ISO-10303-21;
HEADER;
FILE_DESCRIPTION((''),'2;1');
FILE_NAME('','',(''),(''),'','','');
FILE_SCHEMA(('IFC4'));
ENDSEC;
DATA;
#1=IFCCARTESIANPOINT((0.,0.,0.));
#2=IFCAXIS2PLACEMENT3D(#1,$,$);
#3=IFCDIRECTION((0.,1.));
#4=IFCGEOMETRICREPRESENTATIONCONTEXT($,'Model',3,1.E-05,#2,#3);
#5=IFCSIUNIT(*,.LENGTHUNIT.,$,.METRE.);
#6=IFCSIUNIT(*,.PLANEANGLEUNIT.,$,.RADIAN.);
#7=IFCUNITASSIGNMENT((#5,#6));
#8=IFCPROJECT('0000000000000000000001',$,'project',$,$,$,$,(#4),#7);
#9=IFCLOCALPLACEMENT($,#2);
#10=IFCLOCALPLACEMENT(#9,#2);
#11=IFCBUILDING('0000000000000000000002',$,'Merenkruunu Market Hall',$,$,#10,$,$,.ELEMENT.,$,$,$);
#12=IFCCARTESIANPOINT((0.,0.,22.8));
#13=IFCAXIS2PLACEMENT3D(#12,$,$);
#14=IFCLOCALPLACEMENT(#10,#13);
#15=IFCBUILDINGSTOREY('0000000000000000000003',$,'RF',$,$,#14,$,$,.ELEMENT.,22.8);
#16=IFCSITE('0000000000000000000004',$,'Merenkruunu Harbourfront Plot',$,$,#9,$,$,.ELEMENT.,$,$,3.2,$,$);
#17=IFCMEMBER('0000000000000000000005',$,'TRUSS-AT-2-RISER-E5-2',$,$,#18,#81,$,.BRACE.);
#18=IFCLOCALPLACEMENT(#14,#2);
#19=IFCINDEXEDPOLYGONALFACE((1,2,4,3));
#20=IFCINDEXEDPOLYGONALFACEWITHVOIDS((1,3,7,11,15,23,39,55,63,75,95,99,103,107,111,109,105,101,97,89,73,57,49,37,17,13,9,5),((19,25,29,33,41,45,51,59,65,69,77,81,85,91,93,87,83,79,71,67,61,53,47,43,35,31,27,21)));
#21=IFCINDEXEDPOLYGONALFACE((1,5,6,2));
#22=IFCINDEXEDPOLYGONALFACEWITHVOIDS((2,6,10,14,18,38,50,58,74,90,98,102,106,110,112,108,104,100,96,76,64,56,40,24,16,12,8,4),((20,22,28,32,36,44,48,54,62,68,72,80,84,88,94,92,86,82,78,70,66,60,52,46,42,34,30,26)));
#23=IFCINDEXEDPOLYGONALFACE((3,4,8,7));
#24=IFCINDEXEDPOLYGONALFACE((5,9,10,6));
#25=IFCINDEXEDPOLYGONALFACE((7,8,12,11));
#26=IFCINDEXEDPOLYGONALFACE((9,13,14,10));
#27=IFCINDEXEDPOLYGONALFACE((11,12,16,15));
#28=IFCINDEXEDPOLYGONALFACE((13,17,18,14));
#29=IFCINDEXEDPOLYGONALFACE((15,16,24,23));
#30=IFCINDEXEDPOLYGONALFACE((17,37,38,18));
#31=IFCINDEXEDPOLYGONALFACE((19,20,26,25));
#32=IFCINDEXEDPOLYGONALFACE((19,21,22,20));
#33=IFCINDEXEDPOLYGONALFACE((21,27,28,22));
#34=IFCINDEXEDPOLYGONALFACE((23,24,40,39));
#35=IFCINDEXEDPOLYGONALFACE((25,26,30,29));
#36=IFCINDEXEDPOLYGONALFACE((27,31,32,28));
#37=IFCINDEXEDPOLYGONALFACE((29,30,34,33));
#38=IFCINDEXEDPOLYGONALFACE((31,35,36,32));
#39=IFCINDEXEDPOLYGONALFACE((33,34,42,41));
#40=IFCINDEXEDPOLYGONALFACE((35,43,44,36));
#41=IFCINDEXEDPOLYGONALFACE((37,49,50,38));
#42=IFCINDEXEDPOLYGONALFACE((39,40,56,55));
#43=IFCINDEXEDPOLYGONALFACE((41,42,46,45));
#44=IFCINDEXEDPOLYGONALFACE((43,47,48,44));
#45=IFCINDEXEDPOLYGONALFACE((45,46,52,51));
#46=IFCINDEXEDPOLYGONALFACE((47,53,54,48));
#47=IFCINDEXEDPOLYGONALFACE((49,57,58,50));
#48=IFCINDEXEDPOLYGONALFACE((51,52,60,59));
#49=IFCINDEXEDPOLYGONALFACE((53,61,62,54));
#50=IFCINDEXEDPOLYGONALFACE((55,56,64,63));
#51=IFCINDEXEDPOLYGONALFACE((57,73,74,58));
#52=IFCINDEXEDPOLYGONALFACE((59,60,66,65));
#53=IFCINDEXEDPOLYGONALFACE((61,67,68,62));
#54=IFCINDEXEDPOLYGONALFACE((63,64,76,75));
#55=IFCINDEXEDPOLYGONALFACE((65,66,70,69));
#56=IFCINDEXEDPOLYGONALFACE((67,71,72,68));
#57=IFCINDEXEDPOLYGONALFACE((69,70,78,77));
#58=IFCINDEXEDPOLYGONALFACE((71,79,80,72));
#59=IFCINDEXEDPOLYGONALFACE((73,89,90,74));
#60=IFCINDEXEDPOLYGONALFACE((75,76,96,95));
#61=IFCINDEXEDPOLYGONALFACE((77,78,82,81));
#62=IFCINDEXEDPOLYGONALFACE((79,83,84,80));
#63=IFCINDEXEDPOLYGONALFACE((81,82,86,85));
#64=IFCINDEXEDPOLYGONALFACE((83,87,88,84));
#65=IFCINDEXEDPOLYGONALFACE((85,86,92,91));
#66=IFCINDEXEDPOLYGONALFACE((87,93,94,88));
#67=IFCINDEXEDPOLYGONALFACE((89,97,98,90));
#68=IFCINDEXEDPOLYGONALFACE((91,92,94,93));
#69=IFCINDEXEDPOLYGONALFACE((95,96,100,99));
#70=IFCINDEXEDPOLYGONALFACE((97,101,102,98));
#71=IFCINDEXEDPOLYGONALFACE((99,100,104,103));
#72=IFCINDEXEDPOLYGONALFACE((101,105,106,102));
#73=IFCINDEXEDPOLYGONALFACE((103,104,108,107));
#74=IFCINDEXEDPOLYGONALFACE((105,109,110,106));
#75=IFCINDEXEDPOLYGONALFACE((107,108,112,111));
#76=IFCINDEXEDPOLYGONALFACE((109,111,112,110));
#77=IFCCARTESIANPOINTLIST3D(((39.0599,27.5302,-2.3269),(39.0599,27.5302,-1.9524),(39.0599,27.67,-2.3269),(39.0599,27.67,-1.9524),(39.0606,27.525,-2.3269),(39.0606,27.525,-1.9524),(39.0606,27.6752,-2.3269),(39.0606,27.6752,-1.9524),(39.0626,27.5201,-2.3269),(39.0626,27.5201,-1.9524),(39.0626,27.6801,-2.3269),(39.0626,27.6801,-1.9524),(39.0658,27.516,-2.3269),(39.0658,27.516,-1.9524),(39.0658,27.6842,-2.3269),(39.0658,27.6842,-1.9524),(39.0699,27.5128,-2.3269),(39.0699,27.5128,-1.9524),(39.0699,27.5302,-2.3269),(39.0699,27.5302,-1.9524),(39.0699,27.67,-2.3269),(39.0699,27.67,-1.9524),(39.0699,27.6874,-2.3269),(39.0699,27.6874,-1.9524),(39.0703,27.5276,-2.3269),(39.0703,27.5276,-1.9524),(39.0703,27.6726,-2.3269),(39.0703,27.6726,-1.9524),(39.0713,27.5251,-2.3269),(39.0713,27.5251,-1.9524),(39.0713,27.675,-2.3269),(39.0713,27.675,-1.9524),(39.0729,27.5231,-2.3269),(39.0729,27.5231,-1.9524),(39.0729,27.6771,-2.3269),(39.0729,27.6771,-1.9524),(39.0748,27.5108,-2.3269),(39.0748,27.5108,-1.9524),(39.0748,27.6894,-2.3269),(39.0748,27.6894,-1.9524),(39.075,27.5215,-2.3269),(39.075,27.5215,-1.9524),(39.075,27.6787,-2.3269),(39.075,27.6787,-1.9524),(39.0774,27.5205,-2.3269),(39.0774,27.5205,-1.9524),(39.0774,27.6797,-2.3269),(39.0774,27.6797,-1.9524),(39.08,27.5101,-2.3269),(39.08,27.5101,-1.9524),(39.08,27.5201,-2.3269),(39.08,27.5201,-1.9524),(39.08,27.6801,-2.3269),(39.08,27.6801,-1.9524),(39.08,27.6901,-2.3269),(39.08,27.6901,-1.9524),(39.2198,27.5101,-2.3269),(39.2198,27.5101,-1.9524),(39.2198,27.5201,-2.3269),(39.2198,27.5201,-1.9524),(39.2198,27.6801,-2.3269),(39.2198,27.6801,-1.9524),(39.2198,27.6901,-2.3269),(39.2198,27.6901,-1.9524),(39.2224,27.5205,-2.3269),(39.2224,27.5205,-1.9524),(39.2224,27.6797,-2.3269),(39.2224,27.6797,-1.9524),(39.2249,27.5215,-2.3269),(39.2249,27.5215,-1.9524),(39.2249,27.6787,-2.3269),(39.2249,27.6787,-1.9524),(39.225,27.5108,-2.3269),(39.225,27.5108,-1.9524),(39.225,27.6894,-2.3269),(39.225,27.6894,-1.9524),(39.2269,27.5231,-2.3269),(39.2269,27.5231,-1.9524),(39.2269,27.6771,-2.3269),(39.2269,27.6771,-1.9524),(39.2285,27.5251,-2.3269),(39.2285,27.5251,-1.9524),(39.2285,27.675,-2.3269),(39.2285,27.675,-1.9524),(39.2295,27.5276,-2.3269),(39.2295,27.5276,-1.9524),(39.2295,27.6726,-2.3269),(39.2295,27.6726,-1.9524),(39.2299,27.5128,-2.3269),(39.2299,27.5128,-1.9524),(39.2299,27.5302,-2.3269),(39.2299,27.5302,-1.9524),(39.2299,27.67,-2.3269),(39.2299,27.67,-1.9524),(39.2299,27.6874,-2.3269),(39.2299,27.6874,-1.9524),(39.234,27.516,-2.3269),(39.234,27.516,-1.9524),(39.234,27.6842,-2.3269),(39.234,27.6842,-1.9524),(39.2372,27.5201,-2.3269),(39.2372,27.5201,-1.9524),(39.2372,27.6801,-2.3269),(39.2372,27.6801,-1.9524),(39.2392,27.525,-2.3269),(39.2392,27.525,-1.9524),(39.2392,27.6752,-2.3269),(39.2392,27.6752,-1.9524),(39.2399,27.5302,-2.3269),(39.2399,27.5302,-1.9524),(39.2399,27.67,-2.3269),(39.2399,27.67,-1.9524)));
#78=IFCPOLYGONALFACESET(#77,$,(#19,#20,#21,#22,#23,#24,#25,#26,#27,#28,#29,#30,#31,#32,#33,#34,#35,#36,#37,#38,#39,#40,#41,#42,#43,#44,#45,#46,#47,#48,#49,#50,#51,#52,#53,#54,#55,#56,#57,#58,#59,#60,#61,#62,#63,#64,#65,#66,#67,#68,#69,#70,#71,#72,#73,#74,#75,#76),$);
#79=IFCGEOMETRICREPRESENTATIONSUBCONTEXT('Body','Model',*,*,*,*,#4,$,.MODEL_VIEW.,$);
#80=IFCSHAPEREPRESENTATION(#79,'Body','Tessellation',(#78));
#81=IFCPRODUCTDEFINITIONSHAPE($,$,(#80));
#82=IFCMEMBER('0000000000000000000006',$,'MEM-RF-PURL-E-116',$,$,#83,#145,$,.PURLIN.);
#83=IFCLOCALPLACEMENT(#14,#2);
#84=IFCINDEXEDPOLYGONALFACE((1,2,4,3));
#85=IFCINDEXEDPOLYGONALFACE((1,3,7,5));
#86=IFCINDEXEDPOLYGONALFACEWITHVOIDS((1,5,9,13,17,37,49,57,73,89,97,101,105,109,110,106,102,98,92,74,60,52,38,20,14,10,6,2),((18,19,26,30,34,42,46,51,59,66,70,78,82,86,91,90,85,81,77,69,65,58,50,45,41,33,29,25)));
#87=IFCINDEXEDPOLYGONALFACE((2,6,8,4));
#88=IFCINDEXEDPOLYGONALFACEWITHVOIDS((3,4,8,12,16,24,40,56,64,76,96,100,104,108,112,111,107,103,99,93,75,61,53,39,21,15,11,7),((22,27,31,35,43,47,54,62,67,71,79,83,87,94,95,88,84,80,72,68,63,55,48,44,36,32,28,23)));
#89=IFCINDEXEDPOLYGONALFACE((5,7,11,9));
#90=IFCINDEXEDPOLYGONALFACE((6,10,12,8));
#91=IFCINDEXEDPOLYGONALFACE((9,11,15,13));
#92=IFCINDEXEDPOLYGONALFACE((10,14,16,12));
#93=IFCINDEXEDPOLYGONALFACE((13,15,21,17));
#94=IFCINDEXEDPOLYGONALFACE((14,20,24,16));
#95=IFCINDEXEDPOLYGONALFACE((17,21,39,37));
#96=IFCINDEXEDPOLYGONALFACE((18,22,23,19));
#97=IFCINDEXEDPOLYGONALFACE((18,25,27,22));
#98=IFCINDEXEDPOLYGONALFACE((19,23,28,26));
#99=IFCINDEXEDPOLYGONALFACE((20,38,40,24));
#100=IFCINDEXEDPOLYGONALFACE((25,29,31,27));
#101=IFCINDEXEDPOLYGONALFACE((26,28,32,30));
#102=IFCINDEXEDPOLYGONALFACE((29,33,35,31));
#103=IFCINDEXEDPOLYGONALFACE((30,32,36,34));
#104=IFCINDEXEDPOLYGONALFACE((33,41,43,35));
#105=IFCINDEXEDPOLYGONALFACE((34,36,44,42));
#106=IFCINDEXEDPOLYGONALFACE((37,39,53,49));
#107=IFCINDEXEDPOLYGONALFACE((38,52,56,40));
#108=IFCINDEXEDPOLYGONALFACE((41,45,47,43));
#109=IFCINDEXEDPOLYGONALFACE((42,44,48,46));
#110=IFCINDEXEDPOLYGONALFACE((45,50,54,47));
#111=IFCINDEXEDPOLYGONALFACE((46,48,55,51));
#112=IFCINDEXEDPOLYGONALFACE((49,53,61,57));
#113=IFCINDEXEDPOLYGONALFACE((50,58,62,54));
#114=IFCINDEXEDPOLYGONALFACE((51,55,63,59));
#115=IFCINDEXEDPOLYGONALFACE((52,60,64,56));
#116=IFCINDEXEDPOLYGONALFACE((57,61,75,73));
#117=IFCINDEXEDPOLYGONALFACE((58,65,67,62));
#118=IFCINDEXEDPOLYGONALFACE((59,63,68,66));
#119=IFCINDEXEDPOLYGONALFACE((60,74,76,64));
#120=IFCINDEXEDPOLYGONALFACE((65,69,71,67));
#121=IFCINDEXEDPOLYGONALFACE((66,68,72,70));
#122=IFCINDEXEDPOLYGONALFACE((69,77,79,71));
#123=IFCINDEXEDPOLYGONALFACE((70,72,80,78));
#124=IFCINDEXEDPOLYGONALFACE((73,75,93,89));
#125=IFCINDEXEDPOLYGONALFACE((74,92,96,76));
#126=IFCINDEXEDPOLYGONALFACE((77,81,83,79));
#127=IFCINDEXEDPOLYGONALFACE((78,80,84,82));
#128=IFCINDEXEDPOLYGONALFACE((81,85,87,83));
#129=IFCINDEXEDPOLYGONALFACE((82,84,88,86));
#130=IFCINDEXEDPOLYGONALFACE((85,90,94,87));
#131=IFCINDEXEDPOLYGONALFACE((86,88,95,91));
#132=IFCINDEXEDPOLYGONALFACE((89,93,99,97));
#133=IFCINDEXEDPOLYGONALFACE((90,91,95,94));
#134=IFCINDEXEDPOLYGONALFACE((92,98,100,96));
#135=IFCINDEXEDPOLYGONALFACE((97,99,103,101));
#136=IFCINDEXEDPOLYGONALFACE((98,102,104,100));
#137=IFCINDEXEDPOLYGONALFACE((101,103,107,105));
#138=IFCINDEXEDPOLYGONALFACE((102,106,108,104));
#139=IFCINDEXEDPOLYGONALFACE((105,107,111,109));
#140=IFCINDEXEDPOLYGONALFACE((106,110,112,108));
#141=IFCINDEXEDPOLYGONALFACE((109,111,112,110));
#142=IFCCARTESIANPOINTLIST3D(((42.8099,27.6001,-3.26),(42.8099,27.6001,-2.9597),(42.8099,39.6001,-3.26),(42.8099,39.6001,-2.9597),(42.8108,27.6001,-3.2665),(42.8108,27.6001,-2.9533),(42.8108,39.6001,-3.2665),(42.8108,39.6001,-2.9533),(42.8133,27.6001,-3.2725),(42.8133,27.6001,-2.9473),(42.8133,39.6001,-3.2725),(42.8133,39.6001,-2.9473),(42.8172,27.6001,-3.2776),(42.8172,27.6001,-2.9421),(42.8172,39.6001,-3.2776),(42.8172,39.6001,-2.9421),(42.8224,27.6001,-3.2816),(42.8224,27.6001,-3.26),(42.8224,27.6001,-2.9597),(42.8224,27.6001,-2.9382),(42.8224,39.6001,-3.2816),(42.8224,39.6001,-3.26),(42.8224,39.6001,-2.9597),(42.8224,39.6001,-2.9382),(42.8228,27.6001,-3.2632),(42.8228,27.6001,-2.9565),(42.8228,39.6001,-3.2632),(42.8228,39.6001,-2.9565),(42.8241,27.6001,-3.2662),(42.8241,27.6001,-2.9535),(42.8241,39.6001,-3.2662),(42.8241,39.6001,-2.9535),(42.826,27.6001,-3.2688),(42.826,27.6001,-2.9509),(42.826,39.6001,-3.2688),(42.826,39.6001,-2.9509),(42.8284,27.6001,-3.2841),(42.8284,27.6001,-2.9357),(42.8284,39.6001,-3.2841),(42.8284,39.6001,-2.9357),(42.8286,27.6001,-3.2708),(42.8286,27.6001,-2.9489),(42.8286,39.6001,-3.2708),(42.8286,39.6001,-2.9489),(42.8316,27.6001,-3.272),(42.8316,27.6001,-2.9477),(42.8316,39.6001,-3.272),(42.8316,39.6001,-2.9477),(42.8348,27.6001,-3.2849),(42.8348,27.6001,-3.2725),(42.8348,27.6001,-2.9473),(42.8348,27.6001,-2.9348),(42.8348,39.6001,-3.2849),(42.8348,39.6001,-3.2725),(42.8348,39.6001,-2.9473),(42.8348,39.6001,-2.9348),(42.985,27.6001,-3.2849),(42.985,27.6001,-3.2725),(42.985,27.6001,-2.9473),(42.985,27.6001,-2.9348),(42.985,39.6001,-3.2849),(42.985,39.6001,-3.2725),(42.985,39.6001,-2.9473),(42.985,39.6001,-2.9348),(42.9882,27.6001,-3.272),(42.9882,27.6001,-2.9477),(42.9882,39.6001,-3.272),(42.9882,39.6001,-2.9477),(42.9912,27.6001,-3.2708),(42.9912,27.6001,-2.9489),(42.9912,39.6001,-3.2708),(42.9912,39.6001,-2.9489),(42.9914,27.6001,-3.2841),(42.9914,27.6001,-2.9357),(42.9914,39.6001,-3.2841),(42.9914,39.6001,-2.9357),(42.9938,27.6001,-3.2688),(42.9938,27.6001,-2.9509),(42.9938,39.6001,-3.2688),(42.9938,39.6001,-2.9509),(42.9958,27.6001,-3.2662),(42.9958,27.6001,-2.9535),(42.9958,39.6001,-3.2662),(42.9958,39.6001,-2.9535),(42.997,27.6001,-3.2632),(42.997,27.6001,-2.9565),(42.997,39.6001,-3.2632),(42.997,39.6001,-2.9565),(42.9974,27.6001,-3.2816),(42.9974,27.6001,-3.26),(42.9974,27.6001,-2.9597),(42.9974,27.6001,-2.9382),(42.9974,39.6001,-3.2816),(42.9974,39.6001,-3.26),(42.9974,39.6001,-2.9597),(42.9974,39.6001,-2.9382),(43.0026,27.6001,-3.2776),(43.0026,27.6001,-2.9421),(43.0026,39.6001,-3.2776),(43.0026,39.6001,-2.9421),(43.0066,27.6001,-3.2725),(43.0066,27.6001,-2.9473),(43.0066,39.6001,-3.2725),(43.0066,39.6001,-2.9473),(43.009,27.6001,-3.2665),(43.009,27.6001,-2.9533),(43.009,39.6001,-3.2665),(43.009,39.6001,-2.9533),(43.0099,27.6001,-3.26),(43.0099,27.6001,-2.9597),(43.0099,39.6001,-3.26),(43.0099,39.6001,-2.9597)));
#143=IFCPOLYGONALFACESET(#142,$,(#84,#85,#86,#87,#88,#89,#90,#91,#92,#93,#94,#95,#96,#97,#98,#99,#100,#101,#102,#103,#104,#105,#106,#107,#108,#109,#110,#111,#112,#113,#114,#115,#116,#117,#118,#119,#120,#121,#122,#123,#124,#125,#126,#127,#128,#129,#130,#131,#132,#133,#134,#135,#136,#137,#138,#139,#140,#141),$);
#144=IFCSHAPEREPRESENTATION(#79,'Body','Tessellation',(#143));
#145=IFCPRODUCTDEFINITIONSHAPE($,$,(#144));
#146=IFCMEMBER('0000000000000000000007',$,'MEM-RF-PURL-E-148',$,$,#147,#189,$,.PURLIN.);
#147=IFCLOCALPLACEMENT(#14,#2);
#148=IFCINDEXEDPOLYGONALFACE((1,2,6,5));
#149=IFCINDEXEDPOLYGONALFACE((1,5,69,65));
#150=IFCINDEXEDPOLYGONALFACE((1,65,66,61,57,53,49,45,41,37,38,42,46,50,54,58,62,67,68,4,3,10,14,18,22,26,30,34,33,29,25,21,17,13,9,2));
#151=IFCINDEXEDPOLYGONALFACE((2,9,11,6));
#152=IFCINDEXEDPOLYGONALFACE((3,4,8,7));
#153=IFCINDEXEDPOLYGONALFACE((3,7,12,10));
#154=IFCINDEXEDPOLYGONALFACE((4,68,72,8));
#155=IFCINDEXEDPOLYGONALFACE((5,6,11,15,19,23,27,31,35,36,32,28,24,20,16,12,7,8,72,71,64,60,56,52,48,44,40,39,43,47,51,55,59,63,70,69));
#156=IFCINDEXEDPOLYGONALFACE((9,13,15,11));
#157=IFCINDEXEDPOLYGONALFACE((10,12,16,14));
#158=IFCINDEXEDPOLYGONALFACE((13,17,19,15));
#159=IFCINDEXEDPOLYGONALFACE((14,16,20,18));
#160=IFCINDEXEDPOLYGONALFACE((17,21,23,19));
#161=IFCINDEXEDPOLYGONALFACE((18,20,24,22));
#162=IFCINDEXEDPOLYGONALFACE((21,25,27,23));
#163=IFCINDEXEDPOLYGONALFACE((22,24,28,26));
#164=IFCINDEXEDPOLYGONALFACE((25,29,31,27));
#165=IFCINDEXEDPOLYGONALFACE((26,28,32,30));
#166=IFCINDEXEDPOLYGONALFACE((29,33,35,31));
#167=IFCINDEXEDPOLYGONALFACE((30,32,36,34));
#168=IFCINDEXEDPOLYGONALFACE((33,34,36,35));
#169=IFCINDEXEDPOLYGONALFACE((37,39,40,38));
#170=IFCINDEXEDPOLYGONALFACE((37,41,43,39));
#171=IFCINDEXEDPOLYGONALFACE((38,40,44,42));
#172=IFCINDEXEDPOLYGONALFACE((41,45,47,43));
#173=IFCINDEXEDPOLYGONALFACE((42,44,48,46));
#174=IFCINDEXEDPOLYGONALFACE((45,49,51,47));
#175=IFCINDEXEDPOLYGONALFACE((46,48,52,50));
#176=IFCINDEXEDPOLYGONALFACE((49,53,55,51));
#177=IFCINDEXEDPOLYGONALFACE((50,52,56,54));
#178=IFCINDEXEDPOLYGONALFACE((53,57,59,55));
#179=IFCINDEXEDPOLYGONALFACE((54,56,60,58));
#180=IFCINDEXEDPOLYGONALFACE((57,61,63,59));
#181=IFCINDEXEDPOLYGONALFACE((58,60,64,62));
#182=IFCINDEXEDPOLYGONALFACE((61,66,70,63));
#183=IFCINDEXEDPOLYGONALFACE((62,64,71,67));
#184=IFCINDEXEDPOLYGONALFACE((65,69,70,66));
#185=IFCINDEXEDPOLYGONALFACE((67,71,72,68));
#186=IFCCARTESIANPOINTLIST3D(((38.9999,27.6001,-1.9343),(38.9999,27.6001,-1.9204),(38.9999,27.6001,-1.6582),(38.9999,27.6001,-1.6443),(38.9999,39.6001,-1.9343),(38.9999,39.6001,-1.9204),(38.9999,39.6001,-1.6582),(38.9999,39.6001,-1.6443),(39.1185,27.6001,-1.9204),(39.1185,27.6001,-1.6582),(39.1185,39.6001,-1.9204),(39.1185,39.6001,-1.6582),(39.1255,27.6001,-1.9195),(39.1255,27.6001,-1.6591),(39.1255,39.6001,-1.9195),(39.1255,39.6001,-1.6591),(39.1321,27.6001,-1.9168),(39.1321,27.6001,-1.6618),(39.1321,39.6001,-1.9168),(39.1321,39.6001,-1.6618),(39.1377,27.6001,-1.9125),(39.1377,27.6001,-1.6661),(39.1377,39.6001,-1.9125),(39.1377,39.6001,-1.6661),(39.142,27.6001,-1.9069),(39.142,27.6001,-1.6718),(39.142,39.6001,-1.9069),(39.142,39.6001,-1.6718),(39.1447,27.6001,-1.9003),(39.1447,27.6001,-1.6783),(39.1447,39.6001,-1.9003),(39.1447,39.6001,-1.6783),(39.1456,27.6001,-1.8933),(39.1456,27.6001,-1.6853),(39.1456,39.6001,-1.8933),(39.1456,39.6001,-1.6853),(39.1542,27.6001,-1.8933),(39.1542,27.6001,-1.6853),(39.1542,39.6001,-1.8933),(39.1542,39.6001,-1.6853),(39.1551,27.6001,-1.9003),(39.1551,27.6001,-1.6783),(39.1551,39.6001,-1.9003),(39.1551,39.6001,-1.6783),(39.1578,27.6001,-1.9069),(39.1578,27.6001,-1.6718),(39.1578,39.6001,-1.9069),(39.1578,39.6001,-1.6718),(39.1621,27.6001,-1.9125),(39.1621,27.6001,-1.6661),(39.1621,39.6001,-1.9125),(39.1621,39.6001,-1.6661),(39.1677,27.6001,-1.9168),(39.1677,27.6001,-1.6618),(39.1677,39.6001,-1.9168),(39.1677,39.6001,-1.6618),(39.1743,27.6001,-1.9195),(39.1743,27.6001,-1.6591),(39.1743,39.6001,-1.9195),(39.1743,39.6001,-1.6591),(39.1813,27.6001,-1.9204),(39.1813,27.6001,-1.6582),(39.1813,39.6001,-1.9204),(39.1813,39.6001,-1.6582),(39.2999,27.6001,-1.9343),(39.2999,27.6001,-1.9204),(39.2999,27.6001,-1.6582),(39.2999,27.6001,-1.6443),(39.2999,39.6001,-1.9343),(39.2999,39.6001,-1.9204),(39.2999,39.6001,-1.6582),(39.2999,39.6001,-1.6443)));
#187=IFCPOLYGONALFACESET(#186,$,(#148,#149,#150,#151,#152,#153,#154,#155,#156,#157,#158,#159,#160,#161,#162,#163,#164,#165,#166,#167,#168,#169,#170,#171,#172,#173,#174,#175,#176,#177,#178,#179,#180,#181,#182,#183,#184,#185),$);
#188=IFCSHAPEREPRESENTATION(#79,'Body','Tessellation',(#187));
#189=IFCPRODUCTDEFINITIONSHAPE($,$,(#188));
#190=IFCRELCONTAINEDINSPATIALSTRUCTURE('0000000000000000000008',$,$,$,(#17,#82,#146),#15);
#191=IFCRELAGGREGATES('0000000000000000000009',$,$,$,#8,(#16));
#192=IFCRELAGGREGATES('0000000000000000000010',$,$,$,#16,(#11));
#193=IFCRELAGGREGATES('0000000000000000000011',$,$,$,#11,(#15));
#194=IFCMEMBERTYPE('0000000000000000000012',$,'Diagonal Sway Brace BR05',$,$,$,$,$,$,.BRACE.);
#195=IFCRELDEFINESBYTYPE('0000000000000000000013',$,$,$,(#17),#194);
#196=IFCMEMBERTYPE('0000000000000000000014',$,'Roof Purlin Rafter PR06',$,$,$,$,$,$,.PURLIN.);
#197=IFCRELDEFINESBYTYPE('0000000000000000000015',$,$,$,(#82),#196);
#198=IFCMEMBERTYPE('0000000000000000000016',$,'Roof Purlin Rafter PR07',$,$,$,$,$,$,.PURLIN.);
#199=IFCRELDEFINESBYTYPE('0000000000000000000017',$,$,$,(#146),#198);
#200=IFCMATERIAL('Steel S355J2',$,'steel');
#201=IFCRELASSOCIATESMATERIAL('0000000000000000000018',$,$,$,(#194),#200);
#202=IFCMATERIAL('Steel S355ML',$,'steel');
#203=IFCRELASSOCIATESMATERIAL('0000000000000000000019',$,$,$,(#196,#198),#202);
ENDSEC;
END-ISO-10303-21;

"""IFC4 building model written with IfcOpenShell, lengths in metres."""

from ifc_helpers import new_model, si_unit, direction, frame, origin, origin_2d, place, context, subcontext, project, spatial, hollow_rectangle, i_section, extrude, material, material_profile, profile_set, type_object, element, save


model = new_model("IFC4")

# Units and contexts
model_context = context("Model", 3, precision=1e-05, world=origin(), true_north=direction((0.0, 1.0)))
body_context = subcontext(model_context, "Body", "Model", "MODEL_VIEW")
ifc_project = project(units=[si_unit("LENGTHUNIT", "METRE"), si_unit("PLANEANGLEUNIT", "RADIAN")], contexts=[model_context])

# Site, building, storey
site_placement = place(None, origin())
site = spatial("IfcSite", under=ifc_project, at=site_placement, Name="Merenkruunu Harbourfront Plot", CompositionType="ELEMENT", RefElevation=3.2)
building_placement = place(site_placement, origin())
building = spatial("IfcBuilding", under=site, at=building_placement, Name="Merenkruunu Market Hall", CompositionType="ELEMENT")
storey_placement = place(building_placement, frame((0.0, 0.0, 22.8)))
storey = spatial("IfcBuildingStorey", under=building, at=storey_placement, Name="RF", CompositionType="ELEMENT", Elevation=22.8)

# Shared definitions
ifc_material_1 = material(Name="Steel S355ML", Category="steel")

# Members
ifc_material_2 = material(Name="Steel S355J2", Category="steel")
ifc_material_profile_1 = material_profile(ifc_material_2, hollow_rectangle(XDim=0.1799, YDim=0.1799, WallThickness=0.01, InnerFilletRadius=0.01, OuterFilletRadius=0.02, at=origin_2d()), Name="SHS 180x180x10")
ifc_profile_set_1 = profile_set([ifc_material_profile_1], Name="Steel S355J2")
member_type_1 = type_object("IfcMemberType", Name="Diagonal Sway Brace BR05", PredefinedType="BRACE", material=ifc_profile_set_1)
member_1_placement = place(storey_placement, frame((39.1499, 27.6001, -2.3269), z_axis=(0.0, 0.0, 1.0), x_axis=(1.0, 0.0, 0.0)))
element("IfcMember", 1, at=member_1_placement, inside=storey, type_object=member_type_1, Name="TRUSS-AT-2-RISER-E5-2", PredefinedType="BRACE", context=body_context, shape_type="SweptSolid", body=[
    extrude(hollow_rectangle(XDim=0.1799, YDim=0.1799, WallThickness=0.01, InnerFilletRadius=0.01, OuterFilletRadius=0.02, at=origin_2d()), origin(), (0.0, 0.0, 1.0), 0.3745),
])
ifc_material_profile_2 = material_profile(ifc_material_1, hollow_rectangle(XDim=0.2, YDim=0.3501, WallThickness=0.0125, InnerFilletRadius=0.0125, OuterFilletRadius=0.0249, at=origin_2d()), Name="RHS 350x200x12.5")
ifc_profile_set_2 = profile_set([ifc_material_profile_2], Name="Steel S355ML")
member_type_2 = type_object("IfcMemberType", Name="Roof Purlin Rafter PR06", PredefinedType="PURLIN", material=ifc_profile_set_2)
member_2_placement = place(storey_placement, frame((42.9099, 27.6001, -3.1099), z_axis=(0.0, 1.0, 0.0), x_axis=(-1.0, 0.0, 0.0)))
element("IfcMember", 2, at=member_2_placement, inside=storey, type_object=member_type_2, Name="MEM-RF-PURL-E-116", PredefinedType="PURLIN", context=body_context, shape_type="SweptSolid", body=[
    extrude(hollow_rectangle(XDim=0.2, YDim=0.3501, WallThickness=0.0125, InnerFilletRadius=0.0125, OuterFilletRadius=0.0249, at=origin_2d()), origin(), (0.0, 0.0, 1.0), 12.0),
])
ifc_material_profile_3 = material_profile(ifc_material_1, i_section(OverallWidth=0.3, OverallDepth=0.29, WebThickness=0.0085, FlangeThickness=0.0139, FilletRadius=0.0271, at=origin_2d()), Name="HEA 300")
ifc_profile_set_3 = profile_set([ifc_material_profile_3], Name="Steel S355ML")
member_type_3 = type_object("IfcMemberType", Name="Roof Purlin Rafter PR07", PredefinedType="PURLIN", material=ifc_profile_set_3)
member_3_placement = place(storey_placement, frame((39.1499, 27.6001, -1.7893), z_axis=(0.0, 1.0, 0.0), x_axis=(-1.0, 0.0, 0.0)))
element("IfcMember", 3, at=member_3_placement, inside=storey, type_object=member_type_3, Name="MEM-RF-PURL-E-148", PredefinedType="PURLIN", context=body_context, shape_type="SweptSolid", body=[
    extrude(i_section(OverallWidth=0.3, OverallDepth=0.29, WebThickness=0.0085, FlangeThickness=0.0139, FilletRadius=0.0271, at=origin_2d()), origin(), (0.0, 0.0, 1.0), 12.0),
])

save(model, "model.ifc")
